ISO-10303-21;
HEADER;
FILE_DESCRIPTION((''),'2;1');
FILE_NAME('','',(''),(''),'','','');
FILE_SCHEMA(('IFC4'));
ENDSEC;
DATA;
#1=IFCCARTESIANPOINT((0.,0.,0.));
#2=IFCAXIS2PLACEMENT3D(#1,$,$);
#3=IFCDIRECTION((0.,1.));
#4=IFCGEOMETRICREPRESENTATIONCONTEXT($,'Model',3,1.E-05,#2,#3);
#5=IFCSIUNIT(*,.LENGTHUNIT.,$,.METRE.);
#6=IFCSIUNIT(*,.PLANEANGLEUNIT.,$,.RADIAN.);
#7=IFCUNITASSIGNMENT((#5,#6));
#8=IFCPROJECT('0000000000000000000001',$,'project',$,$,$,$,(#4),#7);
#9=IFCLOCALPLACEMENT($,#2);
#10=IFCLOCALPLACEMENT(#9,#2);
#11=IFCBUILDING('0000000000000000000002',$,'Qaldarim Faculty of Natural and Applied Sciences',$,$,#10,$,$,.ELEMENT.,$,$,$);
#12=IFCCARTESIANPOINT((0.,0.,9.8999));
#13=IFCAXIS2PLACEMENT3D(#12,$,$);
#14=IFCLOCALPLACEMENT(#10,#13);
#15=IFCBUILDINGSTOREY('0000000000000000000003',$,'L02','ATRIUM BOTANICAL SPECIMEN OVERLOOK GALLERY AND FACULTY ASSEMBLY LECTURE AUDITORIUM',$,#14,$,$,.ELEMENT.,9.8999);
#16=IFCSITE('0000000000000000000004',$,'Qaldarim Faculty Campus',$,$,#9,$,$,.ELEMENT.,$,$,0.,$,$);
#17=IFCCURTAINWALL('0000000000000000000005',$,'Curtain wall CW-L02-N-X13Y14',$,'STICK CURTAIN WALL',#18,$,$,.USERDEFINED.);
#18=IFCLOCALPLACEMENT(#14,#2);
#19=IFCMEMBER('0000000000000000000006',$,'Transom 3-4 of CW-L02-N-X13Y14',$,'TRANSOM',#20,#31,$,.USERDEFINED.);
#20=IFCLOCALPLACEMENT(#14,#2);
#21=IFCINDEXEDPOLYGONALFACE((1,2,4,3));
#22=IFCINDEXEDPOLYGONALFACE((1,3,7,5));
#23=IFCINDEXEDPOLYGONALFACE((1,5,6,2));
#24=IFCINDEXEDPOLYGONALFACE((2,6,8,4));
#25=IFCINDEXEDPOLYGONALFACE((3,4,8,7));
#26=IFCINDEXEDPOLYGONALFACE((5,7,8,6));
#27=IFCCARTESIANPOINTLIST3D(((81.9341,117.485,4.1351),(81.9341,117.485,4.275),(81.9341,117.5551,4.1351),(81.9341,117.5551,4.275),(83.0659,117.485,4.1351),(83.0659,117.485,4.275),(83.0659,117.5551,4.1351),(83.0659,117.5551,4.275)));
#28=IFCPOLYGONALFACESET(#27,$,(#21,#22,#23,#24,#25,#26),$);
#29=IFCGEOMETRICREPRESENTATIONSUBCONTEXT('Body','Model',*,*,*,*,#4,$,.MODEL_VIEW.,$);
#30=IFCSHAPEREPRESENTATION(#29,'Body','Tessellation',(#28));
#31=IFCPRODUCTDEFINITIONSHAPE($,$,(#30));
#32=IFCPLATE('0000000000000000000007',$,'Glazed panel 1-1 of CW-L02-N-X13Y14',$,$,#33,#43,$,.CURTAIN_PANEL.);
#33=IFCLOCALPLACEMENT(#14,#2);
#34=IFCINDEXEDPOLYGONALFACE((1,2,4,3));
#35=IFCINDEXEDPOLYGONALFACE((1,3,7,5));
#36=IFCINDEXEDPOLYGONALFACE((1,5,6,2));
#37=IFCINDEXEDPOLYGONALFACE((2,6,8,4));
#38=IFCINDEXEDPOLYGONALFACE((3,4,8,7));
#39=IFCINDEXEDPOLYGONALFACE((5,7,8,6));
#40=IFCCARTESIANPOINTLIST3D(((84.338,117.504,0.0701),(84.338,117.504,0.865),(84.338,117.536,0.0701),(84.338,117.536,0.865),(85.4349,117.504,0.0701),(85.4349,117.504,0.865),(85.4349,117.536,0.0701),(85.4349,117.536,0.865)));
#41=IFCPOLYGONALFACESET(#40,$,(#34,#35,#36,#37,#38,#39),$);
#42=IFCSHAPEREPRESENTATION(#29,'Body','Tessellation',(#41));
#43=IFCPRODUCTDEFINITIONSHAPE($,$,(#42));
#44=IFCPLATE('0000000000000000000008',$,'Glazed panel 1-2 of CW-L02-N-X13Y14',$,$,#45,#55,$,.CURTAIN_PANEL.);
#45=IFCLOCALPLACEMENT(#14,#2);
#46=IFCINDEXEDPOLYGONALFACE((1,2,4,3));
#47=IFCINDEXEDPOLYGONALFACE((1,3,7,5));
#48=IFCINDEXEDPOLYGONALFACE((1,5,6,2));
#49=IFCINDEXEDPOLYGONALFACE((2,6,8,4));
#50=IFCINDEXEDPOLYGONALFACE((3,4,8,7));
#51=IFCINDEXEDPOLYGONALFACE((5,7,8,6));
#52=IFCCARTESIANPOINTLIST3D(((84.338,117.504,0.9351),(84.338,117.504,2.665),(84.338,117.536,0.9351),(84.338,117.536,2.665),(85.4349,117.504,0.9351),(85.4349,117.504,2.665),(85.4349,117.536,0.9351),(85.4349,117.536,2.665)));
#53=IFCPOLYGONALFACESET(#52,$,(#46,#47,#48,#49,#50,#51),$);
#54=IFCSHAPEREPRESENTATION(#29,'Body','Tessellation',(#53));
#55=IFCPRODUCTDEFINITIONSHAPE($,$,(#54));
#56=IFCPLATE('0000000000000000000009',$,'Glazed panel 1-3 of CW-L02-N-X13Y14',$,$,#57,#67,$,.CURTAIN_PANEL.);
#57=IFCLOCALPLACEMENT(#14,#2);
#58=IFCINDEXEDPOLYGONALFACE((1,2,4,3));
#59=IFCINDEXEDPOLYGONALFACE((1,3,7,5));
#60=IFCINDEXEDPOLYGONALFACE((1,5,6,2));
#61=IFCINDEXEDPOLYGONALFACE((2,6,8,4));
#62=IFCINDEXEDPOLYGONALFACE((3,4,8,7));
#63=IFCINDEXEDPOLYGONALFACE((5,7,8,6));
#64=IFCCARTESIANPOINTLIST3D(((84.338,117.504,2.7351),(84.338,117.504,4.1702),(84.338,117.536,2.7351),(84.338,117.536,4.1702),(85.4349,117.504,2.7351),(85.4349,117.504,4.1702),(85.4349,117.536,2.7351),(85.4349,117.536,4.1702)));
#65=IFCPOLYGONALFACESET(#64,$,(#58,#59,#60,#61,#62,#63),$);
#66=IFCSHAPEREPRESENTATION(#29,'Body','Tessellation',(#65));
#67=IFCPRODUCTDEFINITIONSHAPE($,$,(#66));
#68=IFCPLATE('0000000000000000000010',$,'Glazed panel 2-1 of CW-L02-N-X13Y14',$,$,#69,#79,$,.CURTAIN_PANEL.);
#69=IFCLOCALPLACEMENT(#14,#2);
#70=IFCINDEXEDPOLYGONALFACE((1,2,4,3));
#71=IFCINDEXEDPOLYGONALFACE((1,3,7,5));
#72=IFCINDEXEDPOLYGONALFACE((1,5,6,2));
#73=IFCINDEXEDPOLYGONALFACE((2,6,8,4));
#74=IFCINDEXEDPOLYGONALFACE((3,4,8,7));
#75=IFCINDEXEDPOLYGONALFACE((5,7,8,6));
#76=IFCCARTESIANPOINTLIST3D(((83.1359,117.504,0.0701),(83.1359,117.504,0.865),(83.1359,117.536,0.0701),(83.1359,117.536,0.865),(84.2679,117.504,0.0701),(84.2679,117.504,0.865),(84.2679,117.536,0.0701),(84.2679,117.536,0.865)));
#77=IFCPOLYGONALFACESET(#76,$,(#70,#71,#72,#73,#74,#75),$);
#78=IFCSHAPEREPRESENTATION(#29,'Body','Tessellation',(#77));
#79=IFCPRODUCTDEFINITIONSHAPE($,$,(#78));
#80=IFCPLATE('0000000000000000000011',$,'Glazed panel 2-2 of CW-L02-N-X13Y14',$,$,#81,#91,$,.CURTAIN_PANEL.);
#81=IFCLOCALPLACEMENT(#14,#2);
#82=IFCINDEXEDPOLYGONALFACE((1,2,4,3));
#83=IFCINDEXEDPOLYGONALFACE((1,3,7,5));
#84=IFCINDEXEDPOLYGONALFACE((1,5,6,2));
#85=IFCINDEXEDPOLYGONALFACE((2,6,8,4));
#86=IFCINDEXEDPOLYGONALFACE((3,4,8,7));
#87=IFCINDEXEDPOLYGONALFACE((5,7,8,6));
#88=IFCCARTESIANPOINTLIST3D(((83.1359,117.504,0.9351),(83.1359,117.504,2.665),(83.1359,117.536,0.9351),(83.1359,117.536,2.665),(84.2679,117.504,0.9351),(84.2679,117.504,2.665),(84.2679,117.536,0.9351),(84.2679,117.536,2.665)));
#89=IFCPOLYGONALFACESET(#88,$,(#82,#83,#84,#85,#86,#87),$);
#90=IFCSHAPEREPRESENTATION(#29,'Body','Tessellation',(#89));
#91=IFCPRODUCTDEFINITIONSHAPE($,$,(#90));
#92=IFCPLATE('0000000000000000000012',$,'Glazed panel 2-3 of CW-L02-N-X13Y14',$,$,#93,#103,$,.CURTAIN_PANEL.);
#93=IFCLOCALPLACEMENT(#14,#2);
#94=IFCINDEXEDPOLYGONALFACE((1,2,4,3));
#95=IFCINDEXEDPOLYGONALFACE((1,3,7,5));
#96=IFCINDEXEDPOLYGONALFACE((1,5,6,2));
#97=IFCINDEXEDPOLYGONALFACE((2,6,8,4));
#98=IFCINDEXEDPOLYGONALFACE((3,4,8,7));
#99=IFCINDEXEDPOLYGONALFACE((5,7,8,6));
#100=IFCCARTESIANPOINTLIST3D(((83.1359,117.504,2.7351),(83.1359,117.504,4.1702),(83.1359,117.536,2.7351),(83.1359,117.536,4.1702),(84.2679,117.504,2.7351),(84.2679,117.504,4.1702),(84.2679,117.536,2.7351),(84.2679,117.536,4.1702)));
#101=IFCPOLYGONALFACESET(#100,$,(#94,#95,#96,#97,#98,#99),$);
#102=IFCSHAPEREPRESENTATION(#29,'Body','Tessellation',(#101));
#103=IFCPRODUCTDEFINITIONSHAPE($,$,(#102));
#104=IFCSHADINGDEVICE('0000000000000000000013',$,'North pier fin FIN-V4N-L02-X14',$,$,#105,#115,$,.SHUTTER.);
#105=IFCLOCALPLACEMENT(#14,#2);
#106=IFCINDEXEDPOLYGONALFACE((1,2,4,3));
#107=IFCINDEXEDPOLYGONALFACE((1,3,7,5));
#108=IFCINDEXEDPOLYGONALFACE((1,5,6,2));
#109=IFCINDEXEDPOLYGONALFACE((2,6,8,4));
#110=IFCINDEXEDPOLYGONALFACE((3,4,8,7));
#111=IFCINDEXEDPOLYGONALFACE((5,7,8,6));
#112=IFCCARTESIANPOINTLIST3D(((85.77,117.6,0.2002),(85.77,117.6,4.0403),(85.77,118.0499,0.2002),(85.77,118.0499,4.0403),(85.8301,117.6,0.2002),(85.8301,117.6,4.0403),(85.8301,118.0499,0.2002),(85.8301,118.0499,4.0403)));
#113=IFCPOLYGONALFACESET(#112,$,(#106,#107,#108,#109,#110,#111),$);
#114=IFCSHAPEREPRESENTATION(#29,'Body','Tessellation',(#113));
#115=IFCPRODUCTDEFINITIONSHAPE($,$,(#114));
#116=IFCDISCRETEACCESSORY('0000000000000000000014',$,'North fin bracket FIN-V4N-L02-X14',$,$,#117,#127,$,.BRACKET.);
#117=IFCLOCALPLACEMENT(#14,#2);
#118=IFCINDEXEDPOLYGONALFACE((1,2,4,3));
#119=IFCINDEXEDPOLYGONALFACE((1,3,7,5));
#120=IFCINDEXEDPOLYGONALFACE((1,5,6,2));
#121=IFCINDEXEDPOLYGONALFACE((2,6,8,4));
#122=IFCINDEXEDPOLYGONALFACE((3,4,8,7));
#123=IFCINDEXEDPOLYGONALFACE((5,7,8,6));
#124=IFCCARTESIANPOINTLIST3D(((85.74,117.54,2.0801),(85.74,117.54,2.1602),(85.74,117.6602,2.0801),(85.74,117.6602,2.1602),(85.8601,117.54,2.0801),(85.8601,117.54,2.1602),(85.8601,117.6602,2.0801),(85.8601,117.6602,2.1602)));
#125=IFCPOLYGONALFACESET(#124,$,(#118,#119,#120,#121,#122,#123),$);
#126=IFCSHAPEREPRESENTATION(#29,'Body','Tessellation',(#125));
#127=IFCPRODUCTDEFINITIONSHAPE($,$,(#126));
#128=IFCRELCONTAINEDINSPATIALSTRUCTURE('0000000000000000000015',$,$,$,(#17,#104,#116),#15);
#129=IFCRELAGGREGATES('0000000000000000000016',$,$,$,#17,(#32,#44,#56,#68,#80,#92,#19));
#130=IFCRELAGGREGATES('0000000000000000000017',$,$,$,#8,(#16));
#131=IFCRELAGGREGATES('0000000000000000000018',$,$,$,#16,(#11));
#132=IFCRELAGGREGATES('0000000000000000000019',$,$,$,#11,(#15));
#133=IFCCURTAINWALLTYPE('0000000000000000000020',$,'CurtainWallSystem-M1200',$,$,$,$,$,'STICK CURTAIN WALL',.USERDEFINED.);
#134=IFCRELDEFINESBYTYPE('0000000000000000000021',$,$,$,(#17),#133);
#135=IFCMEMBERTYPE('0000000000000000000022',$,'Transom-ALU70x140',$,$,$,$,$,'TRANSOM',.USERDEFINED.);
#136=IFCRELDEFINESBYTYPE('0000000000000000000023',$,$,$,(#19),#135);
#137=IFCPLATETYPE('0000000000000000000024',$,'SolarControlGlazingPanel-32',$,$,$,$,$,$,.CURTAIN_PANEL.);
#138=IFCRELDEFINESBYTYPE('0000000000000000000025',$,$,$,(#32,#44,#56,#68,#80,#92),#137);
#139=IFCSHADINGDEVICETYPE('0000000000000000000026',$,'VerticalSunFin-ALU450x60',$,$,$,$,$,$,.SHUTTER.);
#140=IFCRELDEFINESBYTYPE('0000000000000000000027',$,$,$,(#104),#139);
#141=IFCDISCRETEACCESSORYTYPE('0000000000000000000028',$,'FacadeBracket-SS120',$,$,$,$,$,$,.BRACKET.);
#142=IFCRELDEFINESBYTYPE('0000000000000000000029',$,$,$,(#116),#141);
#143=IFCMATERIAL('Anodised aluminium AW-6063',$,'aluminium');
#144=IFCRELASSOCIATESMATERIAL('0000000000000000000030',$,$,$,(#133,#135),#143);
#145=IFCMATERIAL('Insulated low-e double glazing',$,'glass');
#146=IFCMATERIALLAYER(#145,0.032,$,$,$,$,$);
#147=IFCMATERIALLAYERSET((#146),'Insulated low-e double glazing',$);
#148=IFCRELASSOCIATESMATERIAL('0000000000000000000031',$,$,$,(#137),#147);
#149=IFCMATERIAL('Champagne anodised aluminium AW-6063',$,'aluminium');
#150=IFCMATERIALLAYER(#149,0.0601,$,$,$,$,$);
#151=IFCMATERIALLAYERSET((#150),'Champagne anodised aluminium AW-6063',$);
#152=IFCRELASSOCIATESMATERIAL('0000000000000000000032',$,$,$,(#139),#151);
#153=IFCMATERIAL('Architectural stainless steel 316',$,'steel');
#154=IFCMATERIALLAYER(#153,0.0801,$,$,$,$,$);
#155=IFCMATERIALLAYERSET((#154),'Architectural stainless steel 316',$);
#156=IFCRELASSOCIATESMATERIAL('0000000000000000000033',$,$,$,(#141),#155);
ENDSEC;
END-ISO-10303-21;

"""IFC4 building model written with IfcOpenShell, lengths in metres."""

from ifc_helpers import new_model, si_unit, direction, frame, origin, origin_2d, place, context, subcontext, project, spatial, rectangle, extrude, material, layer, layer_set, material_profile, profile_set, type_object, element, aggregate, save


model = new_model("IFC4")

# Units and contexts
model_context = context("Model", 3, precision=1e-05, world=origin(), true_north=direction((0.0, 1.0)))
body_context = subcontext(model_context, "Body", "Model", "MODEL_VIEW")
ifc_project = project(units=[si_unit("LENGTHUNIT", "METRE"), si_unit("PLANEANGLEUNIT", "RADIAN")], contexts=[model_context])

# Site, building, storey
site_placement = place(None, origin())
site = spatial("IfcSite", under=ifc_project, at=site_placement, Name="Qaldarim Faculty Campus", CompositionType="ELEMENT", RefElevation=0.0)
building_placement = place(site_placement, origin())
building = spatial("IfcBuilding", under=site, at=building_placement, Name="Qaldarim Faculty of Natural and Applied Sciences", CompositionType="ELEMENT")
storey_placement = place(building_placement, frame((0.0, 0.0, 9.8999)))
storey = spatial("IfcBuildingStorey", under=building, at=storey_placement, Name="L02", Description="ATRIUM BOTANICAL SPECIMEN OVERLOOK GALLERY AND FACULTY ASSEMBLY LECTURE AUDITORIUM", CompositionType="ELEMENT", Elevation=9.8999)

# Curtain wall
ifc_material_1 = material(Name="Anodised aluminium AW-6063", Category="aluminium")
curtain_wall_type = type_object("IfcCurtainWallType", Name="CurtainWallSystem-M1200", ElementType="STICK CURTAIN WALL", PredefinedType="USERDEFINED", material=ifc_material_1)
curtain_wall_placement = place(storey_placement, origin())
curtain_wall = element("IfcCurtainWall", 1, at=curtain_wall_placement, inside=storey, type_object=curtain_wall_type, Name="Curtain wall CW-L02-N-X13Y14", ObjectType="STICK CURTAIN WALL", PredefinedType="USERDEFINED")

# Member
ifc_material_profile_1 = material_profile(ifc_material_1, rectangle(XDim=0.0701, YDim=0.1399, at=origin_2d()), Name="ALU-T70x140")
ifc_profile_set_1 = profile_set([ifc_material_profile_1], Name="Anodised aluminium AW-6063")
member_type_1 = type_object("IfcMemberType", Name="Transom-ALU70x140", ElementType="TRANSOM", PredefinedType="USERDEFINED", material=ifc_profile_set_1)
member_1_placement = place(storey_placement, frame((83.0659, 117.52, 4.2051), z_axis=(-1.0, 0.0, 0.0), x_axis=(0.0, -1.0, 0.0)))
member_1 = element("IfcMember", 2, at=member_1_placement, type_object=member_type_1, Name="Transom 3-4 of CW-L02-N-X13Y14", ObjectType="TRANSOM", PredefinedType="USERDEFINED", context=body_context, shape_type="SweptSolid", body=[
    extrude(rectangle(XDim=0.0701, YDim=0.1399, at=origin_2d()), origin(), (0.0, 0.0, 1.0), 1.1318),
])

# Plates
ifc_material_2 = material(Name="Insulated low-e double glazing", Category="glass")
ifc_layer_1 = layer(ifc_material_2, 0.032)
ifc_layer_set_1 = layer_set([ifc_layer_1], Name="Insulated low-e double glazing")
plate_type = type_object("IfcPlateType", Name="SolarControlGlazingPanel-32", PredefinedType="CURTAIN_PANEL", material=ifc_layer_set_1)
plate_1_placement = place(storey_placement, frame((84.8865, 117.52, 0.0701), z_axis=(0.0, 0.0, 1.0), x_axis=(-1.0, 0.0, 0.0)))
plate_1 = element("IfcPlate", 3, at=plate_1_placement, type_object=plate_type, Name="Glazed panel 1-1 of CW-L02-N-X13Y14", PredefinedType="CURTAIN_PANEL", context=body_context, shape_type="SweptSolid", body=[
    extrude(rectangle(XDim=1.0969, YDim=0.032, at=origin_2d()), origin(), (0.0, 0.0, 1.0), 0.7949),
])
plate_2_placement = place(storey_placement, frame((84.8865, 117.52, 0.9351), z_axis=(0.0, 0.0, 1.0), x_axis=(-1.0, 0.0, 0.0)))
plate_2 = element("IfcPlate", 4, at=plate_2_placement, type_object=plate_type, Name="Glazed panel 1-2 of CW-L02-N-X13Y14", PredefinedType="CURTAIN_PANEL", context=body_context, shape_type="SweptSolid", body=[
    extrude(rectangle(XDim=1.0969, YDim=0.032, at=origin_2d()), origin(), (0.0, 0.0, 1.0), 1.73),
])
plate_3_placement = place(storey_placement, frame((84.8865, 117.52, 2.7351), z_axis=(0.0, 0.0, 1.0), x_axis=(-1.0, 0.0, 0.0)))
plate_3 = element("IfcPlate", 5, at=plate_3_placement, type_object=plate_type, Name="Glazed panel 1-3 of CW-L02-N-X13Y14", PredefinedType="CURTAIN_PANEL", context=body_context, shape_type="SweptSolid", body=[
    extrude(rectangle(XDim=1.0969, YDim=0.032, at=origin_2d()), origin(), (0.0, 0.0, 1.0), 1.4351),
])
plate_4_placement = place(storey_placement, frame((83.7019, 117.52, 0.0701), z_axis=(0.0, 0.0, 1.0), x_axis=(-1.0, 0.0, 0.0)))
plate_4 = element("IfcPlate", 6, at=plate_4_placement, type_object=plate_type, Name="Glazed panel 2-1 of CW-L02-N-X13Y14", PredefinedType="CURTAIN_PANEL", context=body_context, shape_type="SweptSolid", body=[
    extrude(rectangle(XDim=1.1321, YDim=0.032, at=origin_2d()), origin(), (0.0, 0.0, 1.0), 0.7949),
])
plate_5_placement = place(storey_placement, frame((83.7019, 117.52, 0.9351), z_axis=(0.0, 0.0, 1.0), x_axis=(-1.0, 0.0, 0.0)))
plate_5 = element("IfcPlate", 7, at=plate_5_placement, type_object=plate_type, Name="Glazed panel 2-2 of CW-L02-N-X13Y14", PredefinedType="CURTAIN_PANEL", context=body_context, shape_type="SweptSolid", body=[
    extrude(rectangle(XDim=1.1321, YDim=0.032, at=origin_2d()), origin(), (0.0, 0.0, 1.0), 1.73),
])
plate_6_placement = place(storey_placement, frame((83.7019, 117.52, 2.7351), z_axis=(0.0, 0.0, 1.0), x_axis=(-1.0, 0.0, 0.0)))
plate_6 = element("IfcPlate", 8, at=plate_6_placement, type_object=plate_type, Name="Glazed panel 2-3 of CW-L02-N-X13Y14", PredefinedType="CURTAIN_PANEL", context=body_context, shape_type="SweptSolid", body=[
    extrude(rectangle(XDim=1.1321, YDim=0.032, at=origin_2d()), origin(), (0.0, 0.0, 1.0), 1.4351),
])
aggregate(curtain_wall, [plate_1, plate_2, plate_3, plate_4, plate_5, plate_6, member_1])

# Shading device
ifc_material_3 = material(Name="Champagne anodised aluminium AW-6063", Category="aluminium")
ifc_layer_2 = layer(ifc_material_3, 0.0601)
ifc_layer_set_2 = layer_set([ifc_layer_2], Name="Champagne anodised aluminium AW-6063")
shading_device_type = type_object("IfcShadingDeviceType", Name="VerticalSunFin-ALU450x60", PredefinedType="SHUTTER", material=ifc_layer_set_2)
shading_device_placement = place(storey_placement, frame((85.8, 117.825, 0.2002), z_axis=(0.0, 0.0, 1.0), x_axis=(1.0, 0.0, 0.0)))
element("IfcShadingDevice", 9, at=shading_device_placement, inside=storey, type_object=shading_device_type, Name="North pier fin FIN-V4N-L02-X14", PredefinedType="SHUTTER", context=body_context, shape_type="SweptSolid", body=[
    extrude(rectangle(XDim=0.0601, YDim=0.45, at=origin_2d()), origin(), (0.0, 0.0, 1.0), 3.8401),
])

# Discrete accessory
ifc_material_4 = material(Name="Architectural stainless steel 316", Category="steel")
ifc_layer_3 = layer(ifc_material_4, 0.0801)
ifc_layer_set_3 = layer_set([ifc_layer_3], Name="Architectural stainless steel 316")
discrete_accessory_type = type_object("IfcDiscreteAccessoryType", Name="FacadeBracket-SS120", PredefinedType="BRACKET", material=ifc_layer_set_3)
discrete_accessory_placement = place(storey_placement, frame((85.8, 117.6001, 2.0801), z_axis=(0.0, 0.0, 1.0), x_axis=(1.0, 0.0, 0.0)))
element("IfcDiscreteAccessory", 10, at=discrete_accessory_placement, inside=storey, type_object=discrete_accessory_type, Name="North fin bracket FIN-V4N-L02-X14", PredefinedType="BRACKET", context=body_context, shape_type="SweptSolid", body=[
    extrude(rectangle(XDim=0.1201, YDim=0.1201, at=origin_2d()), origin(), (0.0, 0.0, 1.0), 0.0801),
])

save(model, "model.ifc")
